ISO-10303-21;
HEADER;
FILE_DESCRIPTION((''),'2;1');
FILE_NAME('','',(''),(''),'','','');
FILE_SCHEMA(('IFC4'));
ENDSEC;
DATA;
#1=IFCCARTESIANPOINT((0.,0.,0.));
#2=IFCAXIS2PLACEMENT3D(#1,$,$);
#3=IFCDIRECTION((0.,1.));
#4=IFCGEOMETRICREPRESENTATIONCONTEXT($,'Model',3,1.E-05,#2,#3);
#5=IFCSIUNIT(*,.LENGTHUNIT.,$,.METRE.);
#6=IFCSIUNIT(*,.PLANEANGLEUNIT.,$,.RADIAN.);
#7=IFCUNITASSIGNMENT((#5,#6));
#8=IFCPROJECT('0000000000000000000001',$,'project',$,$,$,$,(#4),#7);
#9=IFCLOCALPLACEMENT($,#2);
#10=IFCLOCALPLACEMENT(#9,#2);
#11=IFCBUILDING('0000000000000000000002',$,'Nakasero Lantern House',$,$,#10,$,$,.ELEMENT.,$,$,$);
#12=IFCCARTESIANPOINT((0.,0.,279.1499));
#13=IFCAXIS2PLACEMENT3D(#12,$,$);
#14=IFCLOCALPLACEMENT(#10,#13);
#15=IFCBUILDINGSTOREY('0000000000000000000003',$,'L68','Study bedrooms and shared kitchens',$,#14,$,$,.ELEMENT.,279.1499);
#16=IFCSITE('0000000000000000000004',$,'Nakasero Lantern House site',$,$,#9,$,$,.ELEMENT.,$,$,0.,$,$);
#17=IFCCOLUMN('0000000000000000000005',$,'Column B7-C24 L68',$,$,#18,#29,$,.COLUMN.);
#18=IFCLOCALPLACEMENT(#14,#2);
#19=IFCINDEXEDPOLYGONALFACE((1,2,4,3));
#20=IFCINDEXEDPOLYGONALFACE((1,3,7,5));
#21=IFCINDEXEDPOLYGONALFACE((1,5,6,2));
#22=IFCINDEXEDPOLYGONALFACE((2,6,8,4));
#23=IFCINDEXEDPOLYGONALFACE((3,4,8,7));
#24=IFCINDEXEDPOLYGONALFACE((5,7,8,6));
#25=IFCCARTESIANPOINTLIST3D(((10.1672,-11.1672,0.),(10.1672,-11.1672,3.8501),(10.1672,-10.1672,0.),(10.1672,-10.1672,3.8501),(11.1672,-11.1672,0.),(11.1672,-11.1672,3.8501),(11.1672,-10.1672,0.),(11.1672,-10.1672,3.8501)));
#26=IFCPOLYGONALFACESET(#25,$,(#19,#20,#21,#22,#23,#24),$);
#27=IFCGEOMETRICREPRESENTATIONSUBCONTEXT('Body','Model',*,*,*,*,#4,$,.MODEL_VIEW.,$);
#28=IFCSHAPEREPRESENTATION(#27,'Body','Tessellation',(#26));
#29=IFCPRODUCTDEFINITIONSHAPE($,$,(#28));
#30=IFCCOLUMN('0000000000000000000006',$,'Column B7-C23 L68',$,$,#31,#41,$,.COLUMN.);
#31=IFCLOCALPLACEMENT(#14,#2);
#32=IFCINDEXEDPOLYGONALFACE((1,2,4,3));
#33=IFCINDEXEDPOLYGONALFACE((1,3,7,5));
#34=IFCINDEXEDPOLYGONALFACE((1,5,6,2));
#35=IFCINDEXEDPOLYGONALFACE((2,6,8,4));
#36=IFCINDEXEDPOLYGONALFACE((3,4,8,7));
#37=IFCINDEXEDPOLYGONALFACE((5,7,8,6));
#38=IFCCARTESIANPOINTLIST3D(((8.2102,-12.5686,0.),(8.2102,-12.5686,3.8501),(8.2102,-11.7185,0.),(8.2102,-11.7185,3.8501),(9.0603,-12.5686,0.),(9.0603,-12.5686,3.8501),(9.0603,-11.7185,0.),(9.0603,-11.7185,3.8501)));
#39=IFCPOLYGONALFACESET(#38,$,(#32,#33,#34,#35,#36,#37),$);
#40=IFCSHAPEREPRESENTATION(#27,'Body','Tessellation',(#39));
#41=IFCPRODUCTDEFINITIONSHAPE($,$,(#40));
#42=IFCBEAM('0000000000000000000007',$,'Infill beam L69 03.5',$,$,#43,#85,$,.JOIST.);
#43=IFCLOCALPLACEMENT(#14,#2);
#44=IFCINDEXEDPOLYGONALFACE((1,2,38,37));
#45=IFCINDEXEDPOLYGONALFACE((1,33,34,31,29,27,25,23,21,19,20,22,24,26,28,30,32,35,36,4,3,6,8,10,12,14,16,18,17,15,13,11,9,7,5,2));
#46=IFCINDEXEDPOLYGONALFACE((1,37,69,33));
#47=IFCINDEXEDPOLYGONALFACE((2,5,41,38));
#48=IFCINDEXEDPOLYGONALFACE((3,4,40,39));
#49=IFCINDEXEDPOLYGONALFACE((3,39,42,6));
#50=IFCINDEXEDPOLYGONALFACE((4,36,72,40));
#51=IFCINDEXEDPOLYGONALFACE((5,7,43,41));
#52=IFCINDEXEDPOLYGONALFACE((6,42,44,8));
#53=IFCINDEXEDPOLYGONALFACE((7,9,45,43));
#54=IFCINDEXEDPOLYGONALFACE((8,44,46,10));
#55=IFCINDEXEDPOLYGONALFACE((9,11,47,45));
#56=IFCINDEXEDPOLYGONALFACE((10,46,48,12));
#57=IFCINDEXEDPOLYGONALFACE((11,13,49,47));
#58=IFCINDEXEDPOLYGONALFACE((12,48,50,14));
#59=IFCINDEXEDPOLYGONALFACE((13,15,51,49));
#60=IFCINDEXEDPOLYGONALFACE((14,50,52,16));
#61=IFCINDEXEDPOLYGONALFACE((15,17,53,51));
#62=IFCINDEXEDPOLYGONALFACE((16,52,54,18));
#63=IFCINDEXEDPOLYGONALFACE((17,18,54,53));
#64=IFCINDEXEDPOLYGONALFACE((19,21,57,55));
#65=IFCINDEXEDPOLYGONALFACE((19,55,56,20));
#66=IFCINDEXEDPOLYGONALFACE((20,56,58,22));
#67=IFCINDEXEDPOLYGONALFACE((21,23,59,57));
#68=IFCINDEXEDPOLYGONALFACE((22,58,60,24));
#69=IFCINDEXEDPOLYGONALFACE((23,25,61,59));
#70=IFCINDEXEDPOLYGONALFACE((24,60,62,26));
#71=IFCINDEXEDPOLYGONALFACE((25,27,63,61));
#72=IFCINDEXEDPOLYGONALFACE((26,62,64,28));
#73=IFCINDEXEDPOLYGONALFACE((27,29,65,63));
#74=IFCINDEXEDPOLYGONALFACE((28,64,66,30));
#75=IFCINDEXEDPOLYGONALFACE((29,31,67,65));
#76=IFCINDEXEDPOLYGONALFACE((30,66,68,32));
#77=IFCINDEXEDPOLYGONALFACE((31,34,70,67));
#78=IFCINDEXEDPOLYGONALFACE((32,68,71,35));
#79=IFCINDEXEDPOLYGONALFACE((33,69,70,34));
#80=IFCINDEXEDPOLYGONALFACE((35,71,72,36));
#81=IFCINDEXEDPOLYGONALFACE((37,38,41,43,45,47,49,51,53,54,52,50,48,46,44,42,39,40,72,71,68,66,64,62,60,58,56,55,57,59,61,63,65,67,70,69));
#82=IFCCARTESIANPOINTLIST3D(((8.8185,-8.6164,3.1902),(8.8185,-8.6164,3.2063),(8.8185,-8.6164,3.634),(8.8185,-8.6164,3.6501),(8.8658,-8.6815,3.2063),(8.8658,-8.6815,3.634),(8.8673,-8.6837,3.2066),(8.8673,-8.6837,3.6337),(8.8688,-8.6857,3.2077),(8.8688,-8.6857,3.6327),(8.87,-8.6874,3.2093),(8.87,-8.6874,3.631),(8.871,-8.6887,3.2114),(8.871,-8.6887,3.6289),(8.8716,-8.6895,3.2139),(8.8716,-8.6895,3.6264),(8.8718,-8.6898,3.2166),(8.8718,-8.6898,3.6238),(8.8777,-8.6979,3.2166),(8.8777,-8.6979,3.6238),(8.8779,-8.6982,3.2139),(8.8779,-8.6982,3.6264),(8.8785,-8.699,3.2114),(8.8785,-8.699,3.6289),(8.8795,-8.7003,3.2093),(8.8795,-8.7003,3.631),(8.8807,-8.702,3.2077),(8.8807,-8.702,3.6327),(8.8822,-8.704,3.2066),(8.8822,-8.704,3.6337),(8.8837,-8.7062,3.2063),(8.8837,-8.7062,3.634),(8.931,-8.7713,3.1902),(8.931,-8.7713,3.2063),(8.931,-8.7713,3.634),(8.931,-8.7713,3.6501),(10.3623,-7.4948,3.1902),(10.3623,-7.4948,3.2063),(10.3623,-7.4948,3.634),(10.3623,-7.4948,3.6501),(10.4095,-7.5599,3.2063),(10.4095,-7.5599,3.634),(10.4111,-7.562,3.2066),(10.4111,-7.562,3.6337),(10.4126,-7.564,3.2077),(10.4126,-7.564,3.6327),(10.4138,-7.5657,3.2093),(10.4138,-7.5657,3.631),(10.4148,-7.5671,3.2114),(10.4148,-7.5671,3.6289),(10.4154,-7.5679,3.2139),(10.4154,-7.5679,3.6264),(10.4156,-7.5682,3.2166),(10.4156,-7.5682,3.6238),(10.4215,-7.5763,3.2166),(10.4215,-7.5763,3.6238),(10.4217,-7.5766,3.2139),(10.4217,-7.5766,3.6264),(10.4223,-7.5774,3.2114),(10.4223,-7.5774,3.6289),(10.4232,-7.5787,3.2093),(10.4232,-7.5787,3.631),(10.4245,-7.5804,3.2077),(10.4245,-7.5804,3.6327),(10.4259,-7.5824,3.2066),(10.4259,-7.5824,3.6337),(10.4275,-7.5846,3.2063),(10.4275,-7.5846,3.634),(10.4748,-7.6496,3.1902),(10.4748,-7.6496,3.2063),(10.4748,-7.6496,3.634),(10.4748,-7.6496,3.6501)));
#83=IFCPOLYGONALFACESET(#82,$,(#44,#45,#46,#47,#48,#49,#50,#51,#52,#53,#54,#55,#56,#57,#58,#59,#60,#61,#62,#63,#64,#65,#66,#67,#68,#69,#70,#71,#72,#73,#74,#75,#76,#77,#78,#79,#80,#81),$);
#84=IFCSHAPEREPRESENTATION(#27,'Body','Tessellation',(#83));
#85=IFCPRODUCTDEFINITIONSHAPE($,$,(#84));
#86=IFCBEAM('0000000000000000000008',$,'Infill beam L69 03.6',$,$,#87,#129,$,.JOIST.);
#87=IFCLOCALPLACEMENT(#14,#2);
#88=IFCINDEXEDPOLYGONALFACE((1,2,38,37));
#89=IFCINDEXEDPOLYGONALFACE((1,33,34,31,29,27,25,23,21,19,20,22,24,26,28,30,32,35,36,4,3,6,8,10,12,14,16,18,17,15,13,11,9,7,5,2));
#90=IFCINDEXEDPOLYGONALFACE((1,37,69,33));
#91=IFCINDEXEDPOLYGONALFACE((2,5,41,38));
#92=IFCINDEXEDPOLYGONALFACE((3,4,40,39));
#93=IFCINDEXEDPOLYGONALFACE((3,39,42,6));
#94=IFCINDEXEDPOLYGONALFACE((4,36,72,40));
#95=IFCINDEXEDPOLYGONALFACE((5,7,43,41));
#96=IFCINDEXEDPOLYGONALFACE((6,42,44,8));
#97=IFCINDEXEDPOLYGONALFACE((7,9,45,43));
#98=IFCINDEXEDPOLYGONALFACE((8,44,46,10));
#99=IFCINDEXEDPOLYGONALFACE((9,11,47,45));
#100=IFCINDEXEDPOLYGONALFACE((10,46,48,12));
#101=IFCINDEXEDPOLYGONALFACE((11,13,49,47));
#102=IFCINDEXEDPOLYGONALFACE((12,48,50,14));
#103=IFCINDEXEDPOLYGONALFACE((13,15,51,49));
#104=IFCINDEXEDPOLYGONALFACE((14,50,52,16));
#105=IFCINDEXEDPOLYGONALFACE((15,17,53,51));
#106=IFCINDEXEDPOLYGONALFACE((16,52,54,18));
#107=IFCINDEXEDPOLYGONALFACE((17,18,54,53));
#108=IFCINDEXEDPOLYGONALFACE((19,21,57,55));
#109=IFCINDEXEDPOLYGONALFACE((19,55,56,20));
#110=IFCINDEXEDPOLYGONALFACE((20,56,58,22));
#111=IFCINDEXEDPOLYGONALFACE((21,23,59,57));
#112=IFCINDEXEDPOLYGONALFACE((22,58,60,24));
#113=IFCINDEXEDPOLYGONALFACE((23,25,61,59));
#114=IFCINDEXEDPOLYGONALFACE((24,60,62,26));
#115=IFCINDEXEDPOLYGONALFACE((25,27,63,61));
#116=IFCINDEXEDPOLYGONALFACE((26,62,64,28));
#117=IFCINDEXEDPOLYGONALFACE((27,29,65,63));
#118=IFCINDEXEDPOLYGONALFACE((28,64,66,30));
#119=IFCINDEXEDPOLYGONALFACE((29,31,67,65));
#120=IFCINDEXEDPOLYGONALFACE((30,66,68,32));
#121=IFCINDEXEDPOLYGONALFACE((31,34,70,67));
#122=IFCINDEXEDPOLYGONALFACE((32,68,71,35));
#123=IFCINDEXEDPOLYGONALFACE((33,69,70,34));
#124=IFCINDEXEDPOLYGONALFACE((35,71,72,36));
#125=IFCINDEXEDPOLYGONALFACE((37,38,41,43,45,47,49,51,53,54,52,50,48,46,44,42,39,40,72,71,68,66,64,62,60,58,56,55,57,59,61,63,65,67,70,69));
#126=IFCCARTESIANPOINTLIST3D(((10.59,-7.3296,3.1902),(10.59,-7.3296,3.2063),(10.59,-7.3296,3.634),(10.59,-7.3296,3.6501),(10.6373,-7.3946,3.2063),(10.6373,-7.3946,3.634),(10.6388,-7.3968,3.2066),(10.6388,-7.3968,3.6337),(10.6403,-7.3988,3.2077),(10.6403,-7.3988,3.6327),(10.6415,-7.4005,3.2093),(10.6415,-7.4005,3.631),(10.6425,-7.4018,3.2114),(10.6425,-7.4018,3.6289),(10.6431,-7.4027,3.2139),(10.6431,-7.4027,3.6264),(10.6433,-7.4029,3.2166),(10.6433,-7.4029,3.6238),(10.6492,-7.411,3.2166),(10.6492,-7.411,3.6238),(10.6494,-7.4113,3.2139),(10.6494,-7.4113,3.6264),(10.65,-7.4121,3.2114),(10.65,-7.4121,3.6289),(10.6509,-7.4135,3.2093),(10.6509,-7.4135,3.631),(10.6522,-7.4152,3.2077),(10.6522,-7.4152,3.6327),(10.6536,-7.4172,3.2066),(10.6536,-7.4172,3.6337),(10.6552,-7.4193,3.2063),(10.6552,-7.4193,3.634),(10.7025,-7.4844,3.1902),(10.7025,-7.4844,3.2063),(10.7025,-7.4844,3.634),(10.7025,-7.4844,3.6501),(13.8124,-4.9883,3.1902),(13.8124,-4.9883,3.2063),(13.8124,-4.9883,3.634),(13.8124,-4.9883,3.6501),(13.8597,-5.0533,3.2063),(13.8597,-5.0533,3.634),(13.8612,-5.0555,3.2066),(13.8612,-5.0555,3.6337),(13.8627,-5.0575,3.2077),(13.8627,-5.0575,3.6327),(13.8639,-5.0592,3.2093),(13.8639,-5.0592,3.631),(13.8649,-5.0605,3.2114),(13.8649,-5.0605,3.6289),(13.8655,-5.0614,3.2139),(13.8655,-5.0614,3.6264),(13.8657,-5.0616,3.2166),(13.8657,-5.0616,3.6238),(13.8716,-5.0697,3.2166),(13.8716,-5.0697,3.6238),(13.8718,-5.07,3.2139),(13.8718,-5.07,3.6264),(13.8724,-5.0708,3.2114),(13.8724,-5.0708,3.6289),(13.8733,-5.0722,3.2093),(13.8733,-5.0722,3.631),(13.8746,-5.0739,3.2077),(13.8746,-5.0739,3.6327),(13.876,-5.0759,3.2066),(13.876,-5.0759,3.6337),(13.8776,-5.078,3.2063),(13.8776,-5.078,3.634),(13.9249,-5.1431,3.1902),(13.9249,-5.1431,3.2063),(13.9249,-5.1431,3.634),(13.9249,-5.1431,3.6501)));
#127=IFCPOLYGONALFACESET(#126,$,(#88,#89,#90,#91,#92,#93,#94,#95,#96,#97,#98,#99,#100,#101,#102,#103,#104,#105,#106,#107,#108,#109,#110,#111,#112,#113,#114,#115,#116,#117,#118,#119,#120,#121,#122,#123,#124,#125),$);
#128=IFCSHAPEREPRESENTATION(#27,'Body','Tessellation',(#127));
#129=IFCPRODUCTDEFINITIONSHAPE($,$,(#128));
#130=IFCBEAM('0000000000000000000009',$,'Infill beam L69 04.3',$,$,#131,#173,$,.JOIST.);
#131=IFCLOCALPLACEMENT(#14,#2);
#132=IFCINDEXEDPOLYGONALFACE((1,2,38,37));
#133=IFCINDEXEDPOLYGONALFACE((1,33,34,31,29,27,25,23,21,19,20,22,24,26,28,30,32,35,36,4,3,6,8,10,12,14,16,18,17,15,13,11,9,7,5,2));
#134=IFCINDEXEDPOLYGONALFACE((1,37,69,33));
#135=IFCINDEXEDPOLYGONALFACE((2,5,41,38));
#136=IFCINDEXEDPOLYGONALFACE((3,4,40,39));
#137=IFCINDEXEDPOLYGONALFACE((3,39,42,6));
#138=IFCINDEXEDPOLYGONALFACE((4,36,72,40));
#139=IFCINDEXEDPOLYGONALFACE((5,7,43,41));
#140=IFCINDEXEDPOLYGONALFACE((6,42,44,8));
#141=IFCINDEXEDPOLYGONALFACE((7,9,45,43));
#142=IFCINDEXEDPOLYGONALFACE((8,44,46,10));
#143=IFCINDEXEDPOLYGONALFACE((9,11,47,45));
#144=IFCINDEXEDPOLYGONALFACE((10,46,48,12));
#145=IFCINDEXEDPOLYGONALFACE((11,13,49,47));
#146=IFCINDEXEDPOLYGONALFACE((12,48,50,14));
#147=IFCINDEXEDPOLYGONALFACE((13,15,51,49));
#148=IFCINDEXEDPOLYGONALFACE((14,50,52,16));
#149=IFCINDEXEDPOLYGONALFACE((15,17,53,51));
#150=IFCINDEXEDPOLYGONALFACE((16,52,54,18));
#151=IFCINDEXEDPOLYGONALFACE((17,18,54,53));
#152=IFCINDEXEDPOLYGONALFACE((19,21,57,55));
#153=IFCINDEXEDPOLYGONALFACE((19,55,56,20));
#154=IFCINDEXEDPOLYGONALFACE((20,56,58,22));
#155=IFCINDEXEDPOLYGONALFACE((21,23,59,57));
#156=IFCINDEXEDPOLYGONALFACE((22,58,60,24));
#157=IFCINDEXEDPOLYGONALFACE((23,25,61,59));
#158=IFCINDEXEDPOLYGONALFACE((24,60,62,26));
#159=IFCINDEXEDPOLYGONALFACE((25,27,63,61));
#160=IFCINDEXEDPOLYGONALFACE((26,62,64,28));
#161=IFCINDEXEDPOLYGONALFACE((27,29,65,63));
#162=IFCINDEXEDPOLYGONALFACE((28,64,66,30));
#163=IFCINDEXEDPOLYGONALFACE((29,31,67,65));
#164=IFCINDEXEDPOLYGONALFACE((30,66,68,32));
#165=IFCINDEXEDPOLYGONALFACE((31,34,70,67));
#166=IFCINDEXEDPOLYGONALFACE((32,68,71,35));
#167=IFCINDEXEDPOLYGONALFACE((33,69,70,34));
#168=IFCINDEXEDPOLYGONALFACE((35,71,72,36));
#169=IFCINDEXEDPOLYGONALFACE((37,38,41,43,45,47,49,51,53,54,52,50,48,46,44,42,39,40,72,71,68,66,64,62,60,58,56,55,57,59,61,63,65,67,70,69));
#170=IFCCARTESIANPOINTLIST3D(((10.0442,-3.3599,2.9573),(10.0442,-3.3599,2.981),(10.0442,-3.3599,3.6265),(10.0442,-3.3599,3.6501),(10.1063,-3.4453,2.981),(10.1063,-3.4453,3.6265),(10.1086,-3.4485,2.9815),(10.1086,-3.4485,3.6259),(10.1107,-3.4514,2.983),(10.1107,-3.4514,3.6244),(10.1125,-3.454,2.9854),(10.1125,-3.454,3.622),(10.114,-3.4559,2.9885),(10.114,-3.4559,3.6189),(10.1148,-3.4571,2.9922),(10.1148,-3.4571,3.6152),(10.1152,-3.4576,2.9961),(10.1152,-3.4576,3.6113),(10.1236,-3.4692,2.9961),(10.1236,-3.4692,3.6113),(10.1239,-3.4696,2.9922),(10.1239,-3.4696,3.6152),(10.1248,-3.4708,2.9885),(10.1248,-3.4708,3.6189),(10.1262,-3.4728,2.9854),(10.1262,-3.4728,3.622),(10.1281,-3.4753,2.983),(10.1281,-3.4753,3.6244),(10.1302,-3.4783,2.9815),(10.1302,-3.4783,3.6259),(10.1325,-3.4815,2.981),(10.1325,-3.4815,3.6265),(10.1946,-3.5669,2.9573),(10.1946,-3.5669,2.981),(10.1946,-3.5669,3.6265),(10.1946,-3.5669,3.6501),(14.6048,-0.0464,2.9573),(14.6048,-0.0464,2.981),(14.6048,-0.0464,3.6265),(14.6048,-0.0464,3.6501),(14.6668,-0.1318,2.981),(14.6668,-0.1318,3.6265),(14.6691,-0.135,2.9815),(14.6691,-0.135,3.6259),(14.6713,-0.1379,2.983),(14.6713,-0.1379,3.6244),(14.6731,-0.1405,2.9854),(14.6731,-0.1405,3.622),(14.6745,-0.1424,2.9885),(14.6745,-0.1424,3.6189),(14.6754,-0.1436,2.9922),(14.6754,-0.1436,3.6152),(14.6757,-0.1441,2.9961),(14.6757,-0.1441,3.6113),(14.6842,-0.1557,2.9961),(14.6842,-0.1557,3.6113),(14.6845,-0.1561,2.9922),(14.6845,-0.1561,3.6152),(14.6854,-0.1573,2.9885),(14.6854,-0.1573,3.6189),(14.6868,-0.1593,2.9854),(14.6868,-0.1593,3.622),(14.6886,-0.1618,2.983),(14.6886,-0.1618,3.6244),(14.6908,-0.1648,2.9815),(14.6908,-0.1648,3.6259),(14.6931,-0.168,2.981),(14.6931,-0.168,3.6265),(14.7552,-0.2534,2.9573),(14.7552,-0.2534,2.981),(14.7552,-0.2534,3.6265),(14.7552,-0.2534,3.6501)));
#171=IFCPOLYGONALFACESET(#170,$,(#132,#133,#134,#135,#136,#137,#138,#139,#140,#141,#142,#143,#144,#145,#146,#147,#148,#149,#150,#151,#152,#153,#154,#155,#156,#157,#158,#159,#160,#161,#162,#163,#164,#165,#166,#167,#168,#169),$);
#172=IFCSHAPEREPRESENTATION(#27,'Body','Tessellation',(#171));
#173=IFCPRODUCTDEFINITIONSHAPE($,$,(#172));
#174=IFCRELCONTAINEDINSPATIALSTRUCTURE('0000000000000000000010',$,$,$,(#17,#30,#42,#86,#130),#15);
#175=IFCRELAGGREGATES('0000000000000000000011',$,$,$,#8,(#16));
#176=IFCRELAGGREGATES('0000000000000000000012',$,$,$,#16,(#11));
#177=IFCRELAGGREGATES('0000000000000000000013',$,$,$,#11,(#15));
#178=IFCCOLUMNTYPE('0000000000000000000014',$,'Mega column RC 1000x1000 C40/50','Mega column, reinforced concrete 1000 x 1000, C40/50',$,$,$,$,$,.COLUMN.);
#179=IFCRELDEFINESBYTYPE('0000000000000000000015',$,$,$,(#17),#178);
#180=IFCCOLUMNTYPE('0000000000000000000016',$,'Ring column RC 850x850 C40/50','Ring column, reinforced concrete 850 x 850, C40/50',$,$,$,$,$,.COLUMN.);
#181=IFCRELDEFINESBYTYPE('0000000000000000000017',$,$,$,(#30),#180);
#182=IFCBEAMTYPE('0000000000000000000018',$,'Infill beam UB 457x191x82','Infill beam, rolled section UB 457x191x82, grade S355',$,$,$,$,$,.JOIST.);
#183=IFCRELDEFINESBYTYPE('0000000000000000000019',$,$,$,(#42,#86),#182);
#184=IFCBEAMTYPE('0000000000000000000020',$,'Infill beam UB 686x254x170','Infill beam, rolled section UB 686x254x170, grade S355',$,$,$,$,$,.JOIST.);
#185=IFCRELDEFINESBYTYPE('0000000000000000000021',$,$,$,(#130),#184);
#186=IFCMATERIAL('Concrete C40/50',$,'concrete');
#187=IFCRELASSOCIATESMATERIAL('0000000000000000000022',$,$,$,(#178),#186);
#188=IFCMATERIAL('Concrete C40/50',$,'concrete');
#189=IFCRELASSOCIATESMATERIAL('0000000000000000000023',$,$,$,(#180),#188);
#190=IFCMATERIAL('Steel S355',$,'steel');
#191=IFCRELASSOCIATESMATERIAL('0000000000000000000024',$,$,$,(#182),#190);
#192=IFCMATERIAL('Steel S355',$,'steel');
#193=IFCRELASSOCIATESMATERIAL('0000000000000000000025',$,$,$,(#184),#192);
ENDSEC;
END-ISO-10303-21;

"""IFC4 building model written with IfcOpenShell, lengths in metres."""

from ifc_helpers import new_model, si_unit, direction, frame, origin, origin_2d, place, context, subcontext, project, spatial, rectangle, i_section, extrude, material, material_profile, profile_set, type_object, element, save


model = new_model("IFC4")

# Units and contexts
model_context = context("Model", 3, precision=1e-05, world=origin(), true_north=direction((0.0, 1.0)))
body_context = subcontext(model_context, "Body", "Model", "MODEL_VIEW")
ifc_project = project(units=[si_unit("LENGTHUNIT", "METRE"), si_unit("PLANEANGLEUNIT", "RADIAN")], contexts=[model_context])

# Site, building, storey
site_placement = place(None, origin())
site = spatial("IfcSite", under=ifc_project, at=site_placement, Name="Nakasero Lantern House site", CompositionType="ELEMENT", RefElevation=0.0)
building_placement = place(site_placement, origin())
building = spatial("IfcBuilding", under=site, at=building_placement, Name="Nakasero Lantern House", CompositionType="ELEMENT")
storey_placement = place(building_placement, frame((0.0, 0.0, 279.1499)))
storey = spatial("IfcBuildingStorey", under=building, at=storey_placement, Name="L68", Description="Study bedrooms and shared kitchens", CompositionType="ELEMENT", Elevation=279.1499)

# Columns
ifc_material_1 = material(Name="Concrete C40/50", Category="concrete")
ifc_material_profile_1 = material_profile(ifc_material_1, rectangle(XDim=1.0, YDim=1.0, at=origin_2d()), Name="RC 1000x1000")
ifc_profile_set_1 = profile_set([ifc_material_profile_1], Name="Concrete C40/50")
column_type_1 = type_object("IfcColumnType", Name="Mega column RC 1000x1000 C40/50", Description="Mega column, reinforced concrete 1000 x 1000, C40/50", PredefinedType="COLUMN", material=ifc_profile_set_1)
column_1_placement = place(storey_placement, frame((10.6672, -10.6672, 0.0), z_axis=(0.0, 0.0, 1.0), x_axis=(1.0, 0.0, 0.0)))
element("IfcColumn", 1, at=column_1_placement, inside=storey, type_object=column_type_1, Name="Column B7-C24 L68", PredefinedType="COLUMN", context=body_context, shape_type="SweptSolid", body=[
    extrude(rectangle(XDim=1.0, YDim=1.0, at=origin_2d()), origin(), (0.0, 0.0, 1.0), 3.8501),
])
ifc_material_2 = material(Name="Concrete C40/50", Category="concrete")
ifc_material_profile_2 = material_profile(ifc_material_2, rectangle(XDim=0.8501, YDim=0.8501, at=origin_2d()), Name="RC 850x850")
ifc_profile_set_2 = profile_set([ifc_material_profile_2], Name="Concrete C40/50")
column_type_2 = type_object("IfcColumnType", Name="Ring column RC 850x850 C40/50", Description="Ring column, reinforced concrete 850 x 850, C40/50", PredefinedType="COLUMN", material=ifc_profile_set_2)
column_2_placement = place(storey_placement, frame((8.6353, -12.1436, 0.0), z_axis=(0.0, 0.0, 1.0), x_axis=(1.0, 0.0, 0.0)))
element("IfcColumn", 2, at=column_2_placement, inside=storey, type_object=column_type_2, Name="Column B7-C23 L68", PredefinedType="COLUMN", context=body_context, shape_type="SweptSolid", body=[
    extrude(rectangle(XDim=0.8501, YDim=0.8501, at=origin_2d()), origin(), (0.0, 0.0, 1.0), 3.8501),
])

# Beams
ifc_material_3 = material(Name="Steel S355", Category="steel")
ifc_material_profile_3 = material_profile(ifc_material_3, i_section(OverallWidth=0.1914, OverallDepth=0.46, WebThickness=0.01, FlangeThickness=0.0161, FilletRadius=0.0103, at=origin_2d()), Name="UB 457x191x82")
ifc_profile_set_3 = profile_set([ifc_material_profile_3], Name="Steel S355")
beam_type_1 = type_object("IfcBeamType", Name="Infill beam UB 457x191x82", Description="Infill beam, rolled section UB 457x191x82, grade S355", PredefinedType="JOIST", material=ifc_profile_set_3)
beam_1_placement = place(storey_placement, frame((8.8748, -8.6938, 3.4202), z_axis=(0.809013, 0.587791, 0.0), x_axis=(-0.587791, 0.809013, 0.0)))
element("IfcBeam", 3, at=beam_1_placement, inside=storey, type_object=beam_type_1, Name="Infill beam L69 03.5", PredefinedType="JOIST", context=body_context, shape_type="SweptSolid", body=[
    extrude(i_section(OverallWidth=0.1914, OverallDepth=0.46, WebThickness=0.01, FlangeThickness=0.0161, FilletRadius=0.0103, at=origin_2d()), origin(), (0.0, 0.0, 1.0), 1.9082),
])
beam_2_placement = place(storey_placement, frame((10.6462, -7.407, 3.4202), z_axis=(0.809006, 0.5878, 0.0), x_axis=(-0.5878, 0.809006, 0.0)))
element("IfcBeam", 4, at=beam_2_placement, inside=storey, type_object=beam_type_1, Name="Infill beam L69 03.6", PredefinedType="JOIST", context=body_context, shape_type="SweptSolid", body=[
    extrude(i_section(OverallWidth=0.1914, OverallDepth=0.46, WebThickness=0.01, FlangeThickness=0.0161, FilletRadius=0.0103, at=origin_2d()), origin(), (0.0, 0.0, 1.0), 3.9832),
])
ifc_material_4 = material(Name="Steel S355", Category="steel")
ifc_material_profile_4 = material_profile(ifc_material_4, i_section(OverallWidth=0.2559, OverallDepth=0.6929, WebThickness=0.0144, FlangeThickness=0.0237, FilletRadius=0.0151, at=origin_2d()), Name="UB 686x254x170")
ifc_profile_set_4 = profile_set([ifc_material_profile_4], Name="Steel S355")
beam_type_2 = type_object("IfcBeamType", Name="Infill beam UB 686x254x170", Description="Infill beam, rolled section UB 686x254x170, grade S355", PredefinedType="JOIST", material=ifc_profile_set_4)
beam_3_placement = place(storey_placement, frame((10.1194, -3.4634, 3.3037), z_axis=(0.809013, 0.587791, 0.0), x_axis=(-0.587791, 0.809013, 0.0)))
element("IfcBeam", 5, at=beam_3_placement, inside=storey, type_object=beam_type_2, Name="Infill beam L69 04.3", PredefinedType="JOIST", context=body_context, shape_type="SweptSolid", body=[
    extrude(i_section(OverallWidth=0.2559, OverallDepth=0.6929, WebThickness=0.0144, FlangeThickness=0.0237, FilletRadius=0.0151, at=origin_2d()), origin(), (0.0, 0.0, 1.0), 5.6372),
])

save(model, "model.ifc")
